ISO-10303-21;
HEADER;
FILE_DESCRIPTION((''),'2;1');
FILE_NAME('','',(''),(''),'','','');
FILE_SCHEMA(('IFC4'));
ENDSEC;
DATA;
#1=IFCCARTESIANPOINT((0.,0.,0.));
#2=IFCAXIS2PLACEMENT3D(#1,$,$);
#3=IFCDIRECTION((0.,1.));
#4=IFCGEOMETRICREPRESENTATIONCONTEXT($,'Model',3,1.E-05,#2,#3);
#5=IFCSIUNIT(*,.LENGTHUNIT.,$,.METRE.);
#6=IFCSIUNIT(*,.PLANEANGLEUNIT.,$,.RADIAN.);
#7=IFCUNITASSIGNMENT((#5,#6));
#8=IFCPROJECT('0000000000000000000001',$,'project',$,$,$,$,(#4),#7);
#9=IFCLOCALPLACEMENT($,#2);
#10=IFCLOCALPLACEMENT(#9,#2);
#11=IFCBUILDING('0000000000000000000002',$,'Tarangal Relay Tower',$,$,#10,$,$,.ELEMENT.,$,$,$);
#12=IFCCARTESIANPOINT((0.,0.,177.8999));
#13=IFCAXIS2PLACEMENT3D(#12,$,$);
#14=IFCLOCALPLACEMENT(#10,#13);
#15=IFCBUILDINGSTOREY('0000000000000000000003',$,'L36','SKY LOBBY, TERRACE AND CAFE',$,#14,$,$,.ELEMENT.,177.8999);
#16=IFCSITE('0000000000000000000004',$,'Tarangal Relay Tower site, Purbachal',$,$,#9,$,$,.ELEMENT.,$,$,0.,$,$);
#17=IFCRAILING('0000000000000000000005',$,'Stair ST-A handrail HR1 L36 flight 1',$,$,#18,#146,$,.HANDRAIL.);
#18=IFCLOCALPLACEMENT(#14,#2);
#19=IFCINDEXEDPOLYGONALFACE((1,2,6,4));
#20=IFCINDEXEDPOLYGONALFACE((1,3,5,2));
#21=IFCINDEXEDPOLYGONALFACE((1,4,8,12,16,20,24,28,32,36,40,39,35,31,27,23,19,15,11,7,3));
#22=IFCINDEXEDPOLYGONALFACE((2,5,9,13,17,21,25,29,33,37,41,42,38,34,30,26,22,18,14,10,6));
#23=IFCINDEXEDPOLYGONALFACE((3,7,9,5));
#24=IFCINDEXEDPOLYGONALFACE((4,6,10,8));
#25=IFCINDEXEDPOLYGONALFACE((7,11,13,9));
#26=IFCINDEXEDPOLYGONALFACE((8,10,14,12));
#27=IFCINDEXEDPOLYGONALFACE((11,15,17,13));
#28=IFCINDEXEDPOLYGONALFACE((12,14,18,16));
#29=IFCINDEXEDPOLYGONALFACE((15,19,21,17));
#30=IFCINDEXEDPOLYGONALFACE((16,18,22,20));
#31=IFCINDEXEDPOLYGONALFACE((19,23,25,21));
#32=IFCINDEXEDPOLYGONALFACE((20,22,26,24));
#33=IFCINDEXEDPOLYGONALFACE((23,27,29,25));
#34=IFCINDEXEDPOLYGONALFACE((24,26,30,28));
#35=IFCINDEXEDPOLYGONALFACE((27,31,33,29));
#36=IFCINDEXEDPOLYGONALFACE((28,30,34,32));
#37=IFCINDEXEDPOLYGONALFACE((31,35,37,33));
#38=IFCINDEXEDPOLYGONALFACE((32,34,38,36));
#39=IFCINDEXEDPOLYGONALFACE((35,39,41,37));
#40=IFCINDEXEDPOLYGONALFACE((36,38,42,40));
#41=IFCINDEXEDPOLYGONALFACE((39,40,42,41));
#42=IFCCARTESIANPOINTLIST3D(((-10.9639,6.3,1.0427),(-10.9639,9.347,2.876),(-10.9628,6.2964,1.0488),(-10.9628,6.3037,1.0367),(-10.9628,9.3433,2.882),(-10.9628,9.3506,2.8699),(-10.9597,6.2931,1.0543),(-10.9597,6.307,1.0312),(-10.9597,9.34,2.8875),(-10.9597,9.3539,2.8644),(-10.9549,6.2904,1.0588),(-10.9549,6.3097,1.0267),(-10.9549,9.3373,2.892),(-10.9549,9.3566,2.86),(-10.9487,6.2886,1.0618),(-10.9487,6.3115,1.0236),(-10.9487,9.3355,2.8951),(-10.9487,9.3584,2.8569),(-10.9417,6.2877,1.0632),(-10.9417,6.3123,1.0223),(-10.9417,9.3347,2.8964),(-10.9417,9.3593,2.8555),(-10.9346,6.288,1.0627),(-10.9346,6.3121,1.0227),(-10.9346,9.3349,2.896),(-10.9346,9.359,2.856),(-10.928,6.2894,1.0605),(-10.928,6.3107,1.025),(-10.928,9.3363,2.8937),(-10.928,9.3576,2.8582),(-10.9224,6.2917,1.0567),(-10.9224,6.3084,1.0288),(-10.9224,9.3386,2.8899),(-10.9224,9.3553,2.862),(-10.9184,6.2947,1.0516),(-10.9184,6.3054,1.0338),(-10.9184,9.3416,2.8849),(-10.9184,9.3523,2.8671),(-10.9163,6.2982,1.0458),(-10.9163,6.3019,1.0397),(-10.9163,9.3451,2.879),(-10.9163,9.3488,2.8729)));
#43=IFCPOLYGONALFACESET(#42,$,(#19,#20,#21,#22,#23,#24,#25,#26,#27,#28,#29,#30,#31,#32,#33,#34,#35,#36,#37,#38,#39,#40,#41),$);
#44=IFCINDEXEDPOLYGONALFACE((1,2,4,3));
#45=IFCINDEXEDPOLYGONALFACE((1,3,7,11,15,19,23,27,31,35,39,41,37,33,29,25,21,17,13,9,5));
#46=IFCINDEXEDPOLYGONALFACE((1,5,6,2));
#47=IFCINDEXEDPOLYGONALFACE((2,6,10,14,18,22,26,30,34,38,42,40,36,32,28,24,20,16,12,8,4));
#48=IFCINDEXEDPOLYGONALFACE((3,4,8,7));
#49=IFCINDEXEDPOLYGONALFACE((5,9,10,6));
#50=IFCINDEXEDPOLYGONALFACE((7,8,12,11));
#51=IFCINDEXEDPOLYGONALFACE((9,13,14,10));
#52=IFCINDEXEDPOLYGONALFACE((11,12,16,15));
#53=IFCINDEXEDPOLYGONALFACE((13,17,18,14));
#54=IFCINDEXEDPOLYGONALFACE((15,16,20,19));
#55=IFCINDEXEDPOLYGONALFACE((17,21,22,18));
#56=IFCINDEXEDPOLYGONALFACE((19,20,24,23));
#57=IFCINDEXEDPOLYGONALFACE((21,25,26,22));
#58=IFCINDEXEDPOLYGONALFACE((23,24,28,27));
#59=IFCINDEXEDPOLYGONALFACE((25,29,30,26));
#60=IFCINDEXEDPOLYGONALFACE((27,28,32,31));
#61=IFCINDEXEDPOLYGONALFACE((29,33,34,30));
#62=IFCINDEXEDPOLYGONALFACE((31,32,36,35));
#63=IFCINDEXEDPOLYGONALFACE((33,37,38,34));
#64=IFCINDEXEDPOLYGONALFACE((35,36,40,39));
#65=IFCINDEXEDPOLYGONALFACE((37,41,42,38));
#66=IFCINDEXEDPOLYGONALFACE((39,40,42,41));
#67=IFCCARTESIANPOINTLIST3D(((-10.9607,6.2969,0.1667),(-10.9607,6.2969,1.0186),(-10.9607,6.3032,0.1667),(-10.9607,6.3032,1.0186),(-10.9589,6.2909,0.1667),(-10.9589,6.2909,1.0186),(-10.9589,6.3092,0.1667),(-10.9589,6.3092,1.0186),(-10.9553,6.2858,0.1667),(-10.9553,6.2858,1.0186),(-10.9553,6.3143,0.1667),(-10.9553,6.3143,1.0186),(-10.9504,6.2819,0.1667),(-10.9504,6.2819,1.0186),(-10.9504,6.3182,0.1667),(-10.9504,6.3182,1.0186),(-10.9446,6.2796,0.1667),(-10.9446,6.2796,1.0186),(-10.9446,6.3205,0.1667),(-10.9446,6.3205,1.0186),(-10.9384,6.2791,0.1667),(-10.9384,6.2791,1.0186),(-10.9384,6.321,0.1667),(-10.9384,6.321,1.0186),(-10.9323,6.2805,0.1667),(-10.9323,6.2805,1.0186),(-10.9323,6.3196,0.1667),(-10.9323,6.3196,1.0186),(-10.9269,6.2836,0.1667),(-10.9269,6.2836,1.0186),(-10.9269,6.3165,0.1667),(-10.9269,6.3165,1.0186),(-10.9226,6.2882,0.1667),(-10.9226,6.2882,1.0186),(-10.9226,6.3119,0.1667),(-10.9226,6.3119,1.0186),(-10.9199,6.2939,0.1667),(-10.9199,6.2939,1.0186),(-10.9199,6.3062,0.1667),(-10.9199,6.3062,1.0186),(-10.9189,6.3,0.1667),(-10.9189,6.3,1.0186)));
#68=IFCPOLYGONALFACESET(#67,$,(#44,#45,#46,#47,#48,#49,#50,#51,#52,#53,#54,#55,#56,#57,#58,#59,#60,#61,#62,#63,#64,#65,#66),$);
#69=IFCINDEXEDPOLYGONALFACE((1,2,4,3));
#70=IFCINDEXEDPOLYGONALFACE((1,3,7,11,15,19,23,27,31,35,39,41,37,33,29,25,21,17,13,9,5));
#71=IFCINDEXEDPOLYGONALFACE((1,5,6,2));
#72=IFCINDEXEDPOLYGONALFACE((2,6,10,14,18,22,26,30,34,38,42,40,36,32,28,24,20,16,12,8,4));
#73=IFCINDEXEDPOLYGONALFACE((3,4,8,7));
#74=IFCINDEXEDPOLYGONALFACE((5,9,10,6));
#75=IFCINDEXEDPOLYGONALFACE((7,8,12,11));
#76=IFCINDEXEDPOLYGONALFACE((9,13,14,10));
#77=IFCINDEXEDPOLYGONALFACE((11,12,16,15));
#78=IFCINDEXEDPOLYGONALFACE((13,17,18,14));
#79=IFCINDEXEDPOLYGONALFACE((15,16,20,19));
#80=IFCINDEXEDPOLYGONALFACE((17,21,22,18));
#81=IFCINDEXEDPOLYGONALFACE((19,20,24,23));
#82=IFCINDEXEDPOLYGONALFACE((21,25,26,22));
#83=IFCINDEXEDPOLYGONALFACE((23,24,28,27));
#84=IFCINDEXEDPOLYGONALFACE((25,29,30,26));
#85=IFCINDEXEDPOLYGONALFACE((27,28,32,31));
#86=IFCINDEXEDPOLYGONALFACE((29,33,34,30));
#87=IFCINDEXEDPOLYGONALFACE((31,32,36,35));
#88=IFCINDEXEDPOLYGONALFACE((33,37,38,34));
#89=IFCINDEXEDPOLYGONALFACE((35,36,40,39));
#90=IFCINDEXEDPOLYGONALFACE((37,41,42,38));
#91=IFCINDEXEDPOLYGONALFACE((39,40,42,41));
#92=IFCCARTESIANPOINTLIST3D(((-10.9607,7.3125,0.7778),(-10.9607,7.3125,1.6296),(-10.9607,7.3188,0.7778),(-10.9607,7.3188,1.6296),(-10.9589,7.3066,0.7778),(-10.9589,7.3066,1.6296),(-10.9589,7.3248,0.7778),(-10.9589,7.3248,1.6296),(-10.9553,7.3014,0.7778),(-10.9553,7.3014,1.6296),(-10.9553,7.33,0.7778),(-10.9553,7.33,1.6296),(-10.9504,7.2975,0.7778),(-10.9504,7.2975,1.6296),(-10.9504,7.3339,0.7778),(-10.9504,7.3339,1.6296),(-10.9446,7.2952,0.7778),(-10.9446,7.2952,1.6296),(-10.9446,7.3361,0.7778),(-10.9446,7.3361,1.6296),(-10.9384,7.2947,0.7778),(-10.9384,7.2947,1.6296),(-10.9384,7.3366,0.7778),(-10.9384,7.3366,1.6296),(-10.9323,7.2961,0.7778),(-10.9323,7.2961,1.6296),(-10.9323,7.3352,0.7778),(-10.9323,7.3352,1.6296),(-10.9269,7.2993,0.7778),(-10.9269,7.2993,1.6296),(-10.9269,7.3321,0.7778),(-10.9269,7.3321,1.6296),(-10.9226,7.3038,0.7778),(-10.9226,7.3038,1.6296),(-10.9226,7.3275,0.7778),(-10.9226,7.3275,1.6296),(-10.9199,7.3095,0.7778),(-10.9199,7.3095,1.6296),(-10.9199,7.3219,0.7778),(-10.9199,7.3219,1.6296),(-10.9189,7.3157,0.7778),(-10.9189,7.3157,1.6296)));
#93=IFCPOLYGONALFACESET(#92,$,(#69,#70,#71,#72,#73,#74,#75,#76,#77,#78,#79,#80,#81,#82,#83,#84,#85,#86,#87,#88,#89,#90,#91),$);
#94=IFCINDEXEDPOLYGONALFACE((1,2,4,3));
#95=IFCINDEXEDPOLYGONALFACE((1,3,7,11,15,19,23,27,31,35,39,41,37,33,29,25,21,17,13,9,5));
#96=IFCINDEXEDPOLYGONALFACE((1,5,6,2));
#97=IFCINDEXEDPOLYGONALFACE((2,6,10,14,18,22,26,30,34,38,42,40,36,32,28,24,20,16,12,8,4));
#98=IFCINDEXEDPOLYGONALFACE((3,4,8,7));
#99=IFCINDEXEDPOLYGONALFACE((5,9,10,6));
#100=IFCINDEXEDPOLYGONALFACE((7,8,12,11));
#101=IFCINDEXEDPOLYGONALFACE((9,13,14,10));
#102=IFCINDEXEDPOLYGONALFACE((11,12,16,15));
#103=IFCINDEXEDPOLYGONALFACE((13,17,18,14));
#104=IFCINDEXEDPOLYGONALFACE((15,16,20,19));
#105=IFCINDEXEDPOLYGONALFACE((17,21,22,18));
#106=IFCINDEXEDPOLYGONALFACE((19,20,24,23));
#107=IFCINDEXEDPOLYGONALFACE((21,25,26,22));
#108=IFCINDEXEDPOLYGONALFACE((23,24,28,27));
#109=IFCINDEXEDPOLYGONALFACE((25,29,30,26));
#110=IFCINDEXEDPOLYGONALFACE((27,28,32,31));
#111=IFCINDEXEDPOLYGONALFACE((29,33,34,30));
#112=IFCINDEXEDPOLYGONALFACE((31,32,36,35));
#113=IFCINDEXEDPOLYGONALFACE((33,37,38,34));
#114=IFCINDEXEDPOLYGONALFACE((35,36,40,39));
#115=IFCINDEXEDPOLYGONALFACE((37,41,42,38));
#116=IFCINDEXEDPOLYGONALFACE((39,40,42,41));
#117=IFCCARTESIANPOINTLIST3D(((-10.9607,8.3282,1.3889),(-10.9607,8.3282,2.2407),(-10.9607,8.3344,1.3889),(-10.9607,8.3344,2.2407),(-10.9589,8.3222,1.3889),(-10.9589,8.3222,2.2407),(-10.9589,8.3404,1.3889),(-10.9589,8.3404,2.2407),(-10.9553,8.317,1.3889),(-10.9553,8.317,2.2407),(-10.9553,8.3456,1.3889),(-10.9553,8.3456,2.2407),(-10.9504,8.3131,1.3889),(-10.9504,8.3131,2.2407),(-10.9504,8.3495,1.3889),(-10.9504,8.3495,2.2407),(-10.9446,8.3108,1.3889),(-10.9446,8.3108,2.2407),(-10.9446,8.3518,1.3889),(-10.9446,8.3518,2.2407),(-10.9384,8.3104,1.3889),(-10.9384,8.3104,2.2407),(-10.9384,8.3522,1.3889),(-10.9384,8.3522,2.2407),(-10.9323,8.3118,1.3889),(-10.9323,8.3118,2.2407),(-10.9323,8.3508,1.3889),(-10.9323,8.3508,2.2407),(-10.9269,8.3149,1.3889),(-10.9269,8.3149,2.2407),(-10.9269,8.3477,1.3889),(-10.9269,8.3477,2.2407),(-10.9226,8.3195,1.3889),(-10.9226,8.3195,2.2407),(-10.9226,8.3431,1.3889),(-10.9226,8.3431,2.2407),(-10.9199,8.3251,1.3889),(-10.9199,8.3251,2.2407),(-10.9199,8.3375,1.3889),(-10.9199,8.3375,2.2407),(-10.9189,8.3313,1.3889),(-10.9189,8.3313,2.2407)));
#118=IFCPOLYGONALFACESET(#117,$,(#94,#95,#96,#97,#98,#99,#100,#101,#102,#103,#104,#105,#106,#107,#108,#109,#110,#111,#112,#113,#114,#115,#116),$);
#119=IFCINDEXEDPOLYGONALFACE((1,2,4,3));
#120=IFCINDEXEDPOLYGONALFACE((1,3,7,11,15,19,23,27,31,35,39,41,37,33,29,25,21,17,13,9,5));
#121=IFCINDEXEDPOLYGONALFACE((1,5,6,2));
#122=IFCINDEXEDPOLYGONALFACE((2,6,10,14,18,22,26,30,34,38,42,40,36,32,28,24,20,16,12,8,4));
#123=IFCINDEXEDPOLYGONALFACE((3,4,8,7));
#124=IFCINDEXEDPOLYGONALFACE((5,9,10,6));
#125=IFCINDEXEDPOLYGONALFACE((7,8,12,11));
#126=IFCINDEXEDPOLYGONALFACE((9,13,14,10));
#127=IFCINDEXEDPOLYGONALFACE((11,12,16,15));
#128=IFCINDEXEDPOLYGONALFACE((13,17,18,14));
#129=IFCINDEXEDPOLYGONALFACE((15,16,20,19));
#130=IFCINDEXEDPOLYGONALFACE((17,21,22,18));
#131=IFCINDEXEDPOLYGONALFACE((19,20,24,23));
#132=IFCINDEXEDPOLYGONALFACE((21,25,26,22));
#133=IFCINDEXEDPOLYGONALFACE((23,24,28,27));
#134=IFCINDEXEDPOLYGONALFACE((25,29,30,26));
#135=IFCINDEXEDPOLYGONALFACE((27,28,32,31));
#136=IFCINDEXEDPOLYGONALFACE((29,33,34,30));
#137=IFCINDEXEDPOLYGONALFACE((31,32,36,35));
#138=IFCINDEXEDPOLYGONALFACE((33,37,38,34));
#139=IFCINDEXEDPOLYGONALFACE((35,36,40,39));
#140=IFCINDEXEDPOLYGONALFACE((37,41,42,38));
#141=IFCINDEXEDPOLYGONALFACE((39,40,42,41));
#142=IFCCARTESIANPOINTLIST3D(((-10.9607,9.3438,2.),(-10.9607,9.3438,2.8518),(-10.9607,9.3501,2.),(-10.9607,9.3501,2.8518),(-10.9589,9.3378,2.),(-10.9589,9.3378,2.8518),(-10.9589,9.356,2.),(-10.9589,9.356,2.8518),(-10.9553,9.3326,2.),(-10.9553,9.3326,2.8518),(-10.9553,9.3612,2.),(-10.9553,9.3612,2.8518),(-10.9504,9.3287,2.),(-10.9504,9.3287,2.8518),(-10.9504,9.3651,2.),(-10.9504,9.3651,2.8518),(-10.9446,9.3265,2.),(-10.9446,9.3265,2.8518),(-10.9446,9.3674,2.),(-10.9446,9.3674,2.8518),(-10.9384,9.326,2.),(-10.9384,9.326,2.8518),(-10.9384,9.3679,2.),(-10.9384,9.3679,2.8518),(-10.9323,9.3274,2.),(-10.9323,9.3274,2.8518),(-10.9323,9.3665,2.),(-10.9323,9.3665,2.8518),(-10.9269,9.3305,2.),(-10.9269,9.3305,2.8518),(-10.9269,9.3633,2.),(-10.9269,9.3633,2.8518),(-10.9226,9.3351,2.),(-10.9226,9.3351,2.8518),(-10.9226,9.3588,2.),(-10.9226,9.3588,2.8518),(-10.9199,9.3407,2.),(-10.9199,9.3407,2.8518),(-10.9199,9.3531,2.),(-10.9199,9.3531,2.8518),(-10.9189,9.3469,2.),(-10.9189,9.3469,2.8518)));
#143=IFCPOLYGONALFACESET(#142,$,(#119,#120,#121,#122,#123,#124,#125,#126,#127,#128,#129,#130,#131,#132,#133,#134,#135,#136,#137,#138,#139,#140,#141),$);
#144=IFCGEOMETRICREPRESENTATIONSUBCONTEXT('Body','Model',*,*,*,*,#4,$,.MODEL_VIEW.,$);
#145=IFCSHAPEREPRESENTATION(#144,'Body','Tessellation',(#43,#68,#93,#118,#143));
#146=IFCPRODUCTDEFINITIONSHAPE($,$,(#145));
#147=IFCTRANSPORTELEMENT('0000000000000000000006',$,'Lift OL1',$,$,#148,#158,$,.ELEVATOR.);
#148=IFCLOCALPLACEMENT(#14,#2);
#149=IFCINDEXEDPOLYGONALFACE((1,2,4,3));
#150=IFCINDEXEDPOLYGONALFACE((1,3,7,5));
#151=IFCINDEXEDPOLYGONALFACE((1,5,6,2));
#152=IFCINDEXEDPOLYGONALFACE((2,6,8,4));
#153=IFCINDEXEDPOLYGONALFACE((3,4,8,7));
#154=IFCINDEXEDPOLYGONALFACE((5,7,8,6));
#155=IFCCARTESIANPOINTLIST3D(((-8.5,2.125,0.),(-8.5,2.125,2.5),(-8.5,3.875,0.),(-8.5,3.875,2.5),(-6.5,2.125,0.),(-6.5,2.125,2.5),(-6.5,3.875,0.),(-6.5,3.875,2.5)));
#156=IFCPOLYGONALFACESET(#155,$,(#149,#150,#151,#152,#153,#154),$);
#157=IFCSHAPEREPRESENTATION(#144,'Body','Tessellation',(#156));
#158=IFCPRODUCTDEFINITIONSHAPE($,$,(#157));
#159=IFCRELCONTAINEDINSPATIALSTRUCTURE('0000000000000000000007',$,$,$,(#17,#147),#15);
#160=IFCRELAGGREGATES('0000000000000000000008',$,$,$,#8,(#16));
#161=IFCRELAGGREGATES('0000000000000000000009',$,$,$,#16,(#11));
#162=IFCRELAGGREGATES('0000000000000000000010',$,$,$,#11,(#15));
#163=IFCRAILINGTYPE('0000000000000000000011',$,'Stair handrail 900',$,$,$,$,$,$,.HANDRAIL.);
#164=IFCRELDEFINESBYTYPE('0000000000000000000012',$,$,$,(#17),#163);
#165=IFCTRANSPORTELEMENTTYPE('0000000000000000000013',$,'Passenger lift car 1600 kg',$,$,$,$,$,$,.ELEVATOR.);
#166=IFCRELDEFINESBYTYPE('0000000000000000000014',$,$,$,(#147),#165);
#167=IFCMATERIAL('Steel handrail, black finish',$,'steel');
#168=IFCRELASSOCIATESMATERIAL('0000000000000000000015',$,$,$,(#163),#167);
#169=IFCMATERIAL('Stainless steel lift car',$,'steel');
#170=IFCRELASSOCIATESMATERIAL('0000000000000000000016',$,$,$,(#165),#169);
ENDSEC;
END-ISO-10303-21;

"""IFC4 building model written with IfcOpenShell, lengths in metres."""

from ifc_helpers import new_model, si_unit, direction, frame, origin, origin_2d, place, context, subcontext, project, spatial, rectangle, circle, extrude, material, type_object, element, save


model = new_model("IFC4")

# Units and contexts
model_context = context("Model", 3, precision=1e-05, world=origin(), true_north=direction((0.0, 1.0)))
body_context = subcontext(model_context, "Body", "Model", "MODEL_VIEW")
ifc_project = project(units=[si_unit("LENGTHUNIT", "METRE"), si_unit("PLANEANGLEUNIT", "RADIAN")], contexts=[model_context])

# Site, building, storey
site_placement = place(None, origin())
site = spatial("IfcSite", under=ifc_project, at=site_placement, Name="Tarangal Relay Tower site, Purbachal", CompositionType="ELEMENT", RefElevation=0.0)
building_placement = place(site_placement, origin())
building = spatial("IfcBuilding", under=site, at=building_placement, Name="Tarangal Relay Tower", CompositionType="ELEMENT")
storey_placement = place(building_placement, frame((0.0, 0.0, 177.8999)))
storey = spatial("IfcBuildingStorey", under=building, at=storey_placement, Name="L36", Description="SKY LOBBY, TERRACE AND CAFE", CompositionType="ELEMENT", Elevation=177.8999)

# Railing
ifc_material_1 = material(Name="Steel handrail, black finish", Category="steel")
railing_type_1 = type_object("IfcRailingType", Name="Stair handrail 900", PredefinedType="HANDRAIL", material=ifc_material_1)
railing_1_placement = place(storey_placement, frame((-10.9399, 6.3, 0.1667)))
element("IfcRailing", 1, at=railing_1_placement, inside=storey, type_object=railing_type_1, Name="Stair ST-A handrail HR1 L36 flight 1", PredefinedType="HANDRAIL", context=body_context, shape_type="SweptSolid", body=[
    extrude(circle(Radius=0.0239, at=origin_2d()), frame((0.0, 0.0, 0.876), z_axis=(0.0, 0.856856, 0.515556), x_axis=(-1.0, 0.0, 0.0)), (0.0, 0.0, 1.0), 3.5559),
    extrude(circle(Radius=0.021, at=origin_2d()), origin(), (0.0, 0.0, 1.0), 0.8518),
    extrude(circle(Radius=0.021, at=origin_2d()), frame((0.0, 1.0156, 0.6111)), (0.0, 0.0, 1.0), 0.8518),
    extrude(circle(Radius=0.021, at=origin_2d()), frame((0.0, 2.0312, 1.2222)), (0.0, 0.0, 1.0), 0.8518),
    extrude(circle(Radius=0.021, at=origin_2d()), frame((0.0, 3.0469, 1.8333)), (0.0, 0.0, 1.0), 0.8518),
])

# Transport element
ifc_material_2 = material(Name="Stainless steel lift car", Category="steel")
transport_element_type = type_object("IfcTransportElementType", Name="Passenger lift car 1600 kg", PredefinedType="ELEVATOR", material=ifc_material_2)
transport_element_placement = place(storey_placement, frame((-7.5, 3.0, 0.0), z_axis=(0.0, 0.0, 1.0), x_axis=(1.0, 0.0, 0.0)))
element("IfcTransportElement", 2, at=transport_element_placement, inside=storey, type_object=transport_element_type, Name="Lift OL1", PredefinedType="ELEVATOR", context=body_context, shape_type="SweptSolid", body=[
    extrude(rectangle(XDim=2.0, YDim=1.75, at=origin_2d()), origin(), (0.0, 0.0, 1.0), 2.5),
])

save(model, "model.ifc")
